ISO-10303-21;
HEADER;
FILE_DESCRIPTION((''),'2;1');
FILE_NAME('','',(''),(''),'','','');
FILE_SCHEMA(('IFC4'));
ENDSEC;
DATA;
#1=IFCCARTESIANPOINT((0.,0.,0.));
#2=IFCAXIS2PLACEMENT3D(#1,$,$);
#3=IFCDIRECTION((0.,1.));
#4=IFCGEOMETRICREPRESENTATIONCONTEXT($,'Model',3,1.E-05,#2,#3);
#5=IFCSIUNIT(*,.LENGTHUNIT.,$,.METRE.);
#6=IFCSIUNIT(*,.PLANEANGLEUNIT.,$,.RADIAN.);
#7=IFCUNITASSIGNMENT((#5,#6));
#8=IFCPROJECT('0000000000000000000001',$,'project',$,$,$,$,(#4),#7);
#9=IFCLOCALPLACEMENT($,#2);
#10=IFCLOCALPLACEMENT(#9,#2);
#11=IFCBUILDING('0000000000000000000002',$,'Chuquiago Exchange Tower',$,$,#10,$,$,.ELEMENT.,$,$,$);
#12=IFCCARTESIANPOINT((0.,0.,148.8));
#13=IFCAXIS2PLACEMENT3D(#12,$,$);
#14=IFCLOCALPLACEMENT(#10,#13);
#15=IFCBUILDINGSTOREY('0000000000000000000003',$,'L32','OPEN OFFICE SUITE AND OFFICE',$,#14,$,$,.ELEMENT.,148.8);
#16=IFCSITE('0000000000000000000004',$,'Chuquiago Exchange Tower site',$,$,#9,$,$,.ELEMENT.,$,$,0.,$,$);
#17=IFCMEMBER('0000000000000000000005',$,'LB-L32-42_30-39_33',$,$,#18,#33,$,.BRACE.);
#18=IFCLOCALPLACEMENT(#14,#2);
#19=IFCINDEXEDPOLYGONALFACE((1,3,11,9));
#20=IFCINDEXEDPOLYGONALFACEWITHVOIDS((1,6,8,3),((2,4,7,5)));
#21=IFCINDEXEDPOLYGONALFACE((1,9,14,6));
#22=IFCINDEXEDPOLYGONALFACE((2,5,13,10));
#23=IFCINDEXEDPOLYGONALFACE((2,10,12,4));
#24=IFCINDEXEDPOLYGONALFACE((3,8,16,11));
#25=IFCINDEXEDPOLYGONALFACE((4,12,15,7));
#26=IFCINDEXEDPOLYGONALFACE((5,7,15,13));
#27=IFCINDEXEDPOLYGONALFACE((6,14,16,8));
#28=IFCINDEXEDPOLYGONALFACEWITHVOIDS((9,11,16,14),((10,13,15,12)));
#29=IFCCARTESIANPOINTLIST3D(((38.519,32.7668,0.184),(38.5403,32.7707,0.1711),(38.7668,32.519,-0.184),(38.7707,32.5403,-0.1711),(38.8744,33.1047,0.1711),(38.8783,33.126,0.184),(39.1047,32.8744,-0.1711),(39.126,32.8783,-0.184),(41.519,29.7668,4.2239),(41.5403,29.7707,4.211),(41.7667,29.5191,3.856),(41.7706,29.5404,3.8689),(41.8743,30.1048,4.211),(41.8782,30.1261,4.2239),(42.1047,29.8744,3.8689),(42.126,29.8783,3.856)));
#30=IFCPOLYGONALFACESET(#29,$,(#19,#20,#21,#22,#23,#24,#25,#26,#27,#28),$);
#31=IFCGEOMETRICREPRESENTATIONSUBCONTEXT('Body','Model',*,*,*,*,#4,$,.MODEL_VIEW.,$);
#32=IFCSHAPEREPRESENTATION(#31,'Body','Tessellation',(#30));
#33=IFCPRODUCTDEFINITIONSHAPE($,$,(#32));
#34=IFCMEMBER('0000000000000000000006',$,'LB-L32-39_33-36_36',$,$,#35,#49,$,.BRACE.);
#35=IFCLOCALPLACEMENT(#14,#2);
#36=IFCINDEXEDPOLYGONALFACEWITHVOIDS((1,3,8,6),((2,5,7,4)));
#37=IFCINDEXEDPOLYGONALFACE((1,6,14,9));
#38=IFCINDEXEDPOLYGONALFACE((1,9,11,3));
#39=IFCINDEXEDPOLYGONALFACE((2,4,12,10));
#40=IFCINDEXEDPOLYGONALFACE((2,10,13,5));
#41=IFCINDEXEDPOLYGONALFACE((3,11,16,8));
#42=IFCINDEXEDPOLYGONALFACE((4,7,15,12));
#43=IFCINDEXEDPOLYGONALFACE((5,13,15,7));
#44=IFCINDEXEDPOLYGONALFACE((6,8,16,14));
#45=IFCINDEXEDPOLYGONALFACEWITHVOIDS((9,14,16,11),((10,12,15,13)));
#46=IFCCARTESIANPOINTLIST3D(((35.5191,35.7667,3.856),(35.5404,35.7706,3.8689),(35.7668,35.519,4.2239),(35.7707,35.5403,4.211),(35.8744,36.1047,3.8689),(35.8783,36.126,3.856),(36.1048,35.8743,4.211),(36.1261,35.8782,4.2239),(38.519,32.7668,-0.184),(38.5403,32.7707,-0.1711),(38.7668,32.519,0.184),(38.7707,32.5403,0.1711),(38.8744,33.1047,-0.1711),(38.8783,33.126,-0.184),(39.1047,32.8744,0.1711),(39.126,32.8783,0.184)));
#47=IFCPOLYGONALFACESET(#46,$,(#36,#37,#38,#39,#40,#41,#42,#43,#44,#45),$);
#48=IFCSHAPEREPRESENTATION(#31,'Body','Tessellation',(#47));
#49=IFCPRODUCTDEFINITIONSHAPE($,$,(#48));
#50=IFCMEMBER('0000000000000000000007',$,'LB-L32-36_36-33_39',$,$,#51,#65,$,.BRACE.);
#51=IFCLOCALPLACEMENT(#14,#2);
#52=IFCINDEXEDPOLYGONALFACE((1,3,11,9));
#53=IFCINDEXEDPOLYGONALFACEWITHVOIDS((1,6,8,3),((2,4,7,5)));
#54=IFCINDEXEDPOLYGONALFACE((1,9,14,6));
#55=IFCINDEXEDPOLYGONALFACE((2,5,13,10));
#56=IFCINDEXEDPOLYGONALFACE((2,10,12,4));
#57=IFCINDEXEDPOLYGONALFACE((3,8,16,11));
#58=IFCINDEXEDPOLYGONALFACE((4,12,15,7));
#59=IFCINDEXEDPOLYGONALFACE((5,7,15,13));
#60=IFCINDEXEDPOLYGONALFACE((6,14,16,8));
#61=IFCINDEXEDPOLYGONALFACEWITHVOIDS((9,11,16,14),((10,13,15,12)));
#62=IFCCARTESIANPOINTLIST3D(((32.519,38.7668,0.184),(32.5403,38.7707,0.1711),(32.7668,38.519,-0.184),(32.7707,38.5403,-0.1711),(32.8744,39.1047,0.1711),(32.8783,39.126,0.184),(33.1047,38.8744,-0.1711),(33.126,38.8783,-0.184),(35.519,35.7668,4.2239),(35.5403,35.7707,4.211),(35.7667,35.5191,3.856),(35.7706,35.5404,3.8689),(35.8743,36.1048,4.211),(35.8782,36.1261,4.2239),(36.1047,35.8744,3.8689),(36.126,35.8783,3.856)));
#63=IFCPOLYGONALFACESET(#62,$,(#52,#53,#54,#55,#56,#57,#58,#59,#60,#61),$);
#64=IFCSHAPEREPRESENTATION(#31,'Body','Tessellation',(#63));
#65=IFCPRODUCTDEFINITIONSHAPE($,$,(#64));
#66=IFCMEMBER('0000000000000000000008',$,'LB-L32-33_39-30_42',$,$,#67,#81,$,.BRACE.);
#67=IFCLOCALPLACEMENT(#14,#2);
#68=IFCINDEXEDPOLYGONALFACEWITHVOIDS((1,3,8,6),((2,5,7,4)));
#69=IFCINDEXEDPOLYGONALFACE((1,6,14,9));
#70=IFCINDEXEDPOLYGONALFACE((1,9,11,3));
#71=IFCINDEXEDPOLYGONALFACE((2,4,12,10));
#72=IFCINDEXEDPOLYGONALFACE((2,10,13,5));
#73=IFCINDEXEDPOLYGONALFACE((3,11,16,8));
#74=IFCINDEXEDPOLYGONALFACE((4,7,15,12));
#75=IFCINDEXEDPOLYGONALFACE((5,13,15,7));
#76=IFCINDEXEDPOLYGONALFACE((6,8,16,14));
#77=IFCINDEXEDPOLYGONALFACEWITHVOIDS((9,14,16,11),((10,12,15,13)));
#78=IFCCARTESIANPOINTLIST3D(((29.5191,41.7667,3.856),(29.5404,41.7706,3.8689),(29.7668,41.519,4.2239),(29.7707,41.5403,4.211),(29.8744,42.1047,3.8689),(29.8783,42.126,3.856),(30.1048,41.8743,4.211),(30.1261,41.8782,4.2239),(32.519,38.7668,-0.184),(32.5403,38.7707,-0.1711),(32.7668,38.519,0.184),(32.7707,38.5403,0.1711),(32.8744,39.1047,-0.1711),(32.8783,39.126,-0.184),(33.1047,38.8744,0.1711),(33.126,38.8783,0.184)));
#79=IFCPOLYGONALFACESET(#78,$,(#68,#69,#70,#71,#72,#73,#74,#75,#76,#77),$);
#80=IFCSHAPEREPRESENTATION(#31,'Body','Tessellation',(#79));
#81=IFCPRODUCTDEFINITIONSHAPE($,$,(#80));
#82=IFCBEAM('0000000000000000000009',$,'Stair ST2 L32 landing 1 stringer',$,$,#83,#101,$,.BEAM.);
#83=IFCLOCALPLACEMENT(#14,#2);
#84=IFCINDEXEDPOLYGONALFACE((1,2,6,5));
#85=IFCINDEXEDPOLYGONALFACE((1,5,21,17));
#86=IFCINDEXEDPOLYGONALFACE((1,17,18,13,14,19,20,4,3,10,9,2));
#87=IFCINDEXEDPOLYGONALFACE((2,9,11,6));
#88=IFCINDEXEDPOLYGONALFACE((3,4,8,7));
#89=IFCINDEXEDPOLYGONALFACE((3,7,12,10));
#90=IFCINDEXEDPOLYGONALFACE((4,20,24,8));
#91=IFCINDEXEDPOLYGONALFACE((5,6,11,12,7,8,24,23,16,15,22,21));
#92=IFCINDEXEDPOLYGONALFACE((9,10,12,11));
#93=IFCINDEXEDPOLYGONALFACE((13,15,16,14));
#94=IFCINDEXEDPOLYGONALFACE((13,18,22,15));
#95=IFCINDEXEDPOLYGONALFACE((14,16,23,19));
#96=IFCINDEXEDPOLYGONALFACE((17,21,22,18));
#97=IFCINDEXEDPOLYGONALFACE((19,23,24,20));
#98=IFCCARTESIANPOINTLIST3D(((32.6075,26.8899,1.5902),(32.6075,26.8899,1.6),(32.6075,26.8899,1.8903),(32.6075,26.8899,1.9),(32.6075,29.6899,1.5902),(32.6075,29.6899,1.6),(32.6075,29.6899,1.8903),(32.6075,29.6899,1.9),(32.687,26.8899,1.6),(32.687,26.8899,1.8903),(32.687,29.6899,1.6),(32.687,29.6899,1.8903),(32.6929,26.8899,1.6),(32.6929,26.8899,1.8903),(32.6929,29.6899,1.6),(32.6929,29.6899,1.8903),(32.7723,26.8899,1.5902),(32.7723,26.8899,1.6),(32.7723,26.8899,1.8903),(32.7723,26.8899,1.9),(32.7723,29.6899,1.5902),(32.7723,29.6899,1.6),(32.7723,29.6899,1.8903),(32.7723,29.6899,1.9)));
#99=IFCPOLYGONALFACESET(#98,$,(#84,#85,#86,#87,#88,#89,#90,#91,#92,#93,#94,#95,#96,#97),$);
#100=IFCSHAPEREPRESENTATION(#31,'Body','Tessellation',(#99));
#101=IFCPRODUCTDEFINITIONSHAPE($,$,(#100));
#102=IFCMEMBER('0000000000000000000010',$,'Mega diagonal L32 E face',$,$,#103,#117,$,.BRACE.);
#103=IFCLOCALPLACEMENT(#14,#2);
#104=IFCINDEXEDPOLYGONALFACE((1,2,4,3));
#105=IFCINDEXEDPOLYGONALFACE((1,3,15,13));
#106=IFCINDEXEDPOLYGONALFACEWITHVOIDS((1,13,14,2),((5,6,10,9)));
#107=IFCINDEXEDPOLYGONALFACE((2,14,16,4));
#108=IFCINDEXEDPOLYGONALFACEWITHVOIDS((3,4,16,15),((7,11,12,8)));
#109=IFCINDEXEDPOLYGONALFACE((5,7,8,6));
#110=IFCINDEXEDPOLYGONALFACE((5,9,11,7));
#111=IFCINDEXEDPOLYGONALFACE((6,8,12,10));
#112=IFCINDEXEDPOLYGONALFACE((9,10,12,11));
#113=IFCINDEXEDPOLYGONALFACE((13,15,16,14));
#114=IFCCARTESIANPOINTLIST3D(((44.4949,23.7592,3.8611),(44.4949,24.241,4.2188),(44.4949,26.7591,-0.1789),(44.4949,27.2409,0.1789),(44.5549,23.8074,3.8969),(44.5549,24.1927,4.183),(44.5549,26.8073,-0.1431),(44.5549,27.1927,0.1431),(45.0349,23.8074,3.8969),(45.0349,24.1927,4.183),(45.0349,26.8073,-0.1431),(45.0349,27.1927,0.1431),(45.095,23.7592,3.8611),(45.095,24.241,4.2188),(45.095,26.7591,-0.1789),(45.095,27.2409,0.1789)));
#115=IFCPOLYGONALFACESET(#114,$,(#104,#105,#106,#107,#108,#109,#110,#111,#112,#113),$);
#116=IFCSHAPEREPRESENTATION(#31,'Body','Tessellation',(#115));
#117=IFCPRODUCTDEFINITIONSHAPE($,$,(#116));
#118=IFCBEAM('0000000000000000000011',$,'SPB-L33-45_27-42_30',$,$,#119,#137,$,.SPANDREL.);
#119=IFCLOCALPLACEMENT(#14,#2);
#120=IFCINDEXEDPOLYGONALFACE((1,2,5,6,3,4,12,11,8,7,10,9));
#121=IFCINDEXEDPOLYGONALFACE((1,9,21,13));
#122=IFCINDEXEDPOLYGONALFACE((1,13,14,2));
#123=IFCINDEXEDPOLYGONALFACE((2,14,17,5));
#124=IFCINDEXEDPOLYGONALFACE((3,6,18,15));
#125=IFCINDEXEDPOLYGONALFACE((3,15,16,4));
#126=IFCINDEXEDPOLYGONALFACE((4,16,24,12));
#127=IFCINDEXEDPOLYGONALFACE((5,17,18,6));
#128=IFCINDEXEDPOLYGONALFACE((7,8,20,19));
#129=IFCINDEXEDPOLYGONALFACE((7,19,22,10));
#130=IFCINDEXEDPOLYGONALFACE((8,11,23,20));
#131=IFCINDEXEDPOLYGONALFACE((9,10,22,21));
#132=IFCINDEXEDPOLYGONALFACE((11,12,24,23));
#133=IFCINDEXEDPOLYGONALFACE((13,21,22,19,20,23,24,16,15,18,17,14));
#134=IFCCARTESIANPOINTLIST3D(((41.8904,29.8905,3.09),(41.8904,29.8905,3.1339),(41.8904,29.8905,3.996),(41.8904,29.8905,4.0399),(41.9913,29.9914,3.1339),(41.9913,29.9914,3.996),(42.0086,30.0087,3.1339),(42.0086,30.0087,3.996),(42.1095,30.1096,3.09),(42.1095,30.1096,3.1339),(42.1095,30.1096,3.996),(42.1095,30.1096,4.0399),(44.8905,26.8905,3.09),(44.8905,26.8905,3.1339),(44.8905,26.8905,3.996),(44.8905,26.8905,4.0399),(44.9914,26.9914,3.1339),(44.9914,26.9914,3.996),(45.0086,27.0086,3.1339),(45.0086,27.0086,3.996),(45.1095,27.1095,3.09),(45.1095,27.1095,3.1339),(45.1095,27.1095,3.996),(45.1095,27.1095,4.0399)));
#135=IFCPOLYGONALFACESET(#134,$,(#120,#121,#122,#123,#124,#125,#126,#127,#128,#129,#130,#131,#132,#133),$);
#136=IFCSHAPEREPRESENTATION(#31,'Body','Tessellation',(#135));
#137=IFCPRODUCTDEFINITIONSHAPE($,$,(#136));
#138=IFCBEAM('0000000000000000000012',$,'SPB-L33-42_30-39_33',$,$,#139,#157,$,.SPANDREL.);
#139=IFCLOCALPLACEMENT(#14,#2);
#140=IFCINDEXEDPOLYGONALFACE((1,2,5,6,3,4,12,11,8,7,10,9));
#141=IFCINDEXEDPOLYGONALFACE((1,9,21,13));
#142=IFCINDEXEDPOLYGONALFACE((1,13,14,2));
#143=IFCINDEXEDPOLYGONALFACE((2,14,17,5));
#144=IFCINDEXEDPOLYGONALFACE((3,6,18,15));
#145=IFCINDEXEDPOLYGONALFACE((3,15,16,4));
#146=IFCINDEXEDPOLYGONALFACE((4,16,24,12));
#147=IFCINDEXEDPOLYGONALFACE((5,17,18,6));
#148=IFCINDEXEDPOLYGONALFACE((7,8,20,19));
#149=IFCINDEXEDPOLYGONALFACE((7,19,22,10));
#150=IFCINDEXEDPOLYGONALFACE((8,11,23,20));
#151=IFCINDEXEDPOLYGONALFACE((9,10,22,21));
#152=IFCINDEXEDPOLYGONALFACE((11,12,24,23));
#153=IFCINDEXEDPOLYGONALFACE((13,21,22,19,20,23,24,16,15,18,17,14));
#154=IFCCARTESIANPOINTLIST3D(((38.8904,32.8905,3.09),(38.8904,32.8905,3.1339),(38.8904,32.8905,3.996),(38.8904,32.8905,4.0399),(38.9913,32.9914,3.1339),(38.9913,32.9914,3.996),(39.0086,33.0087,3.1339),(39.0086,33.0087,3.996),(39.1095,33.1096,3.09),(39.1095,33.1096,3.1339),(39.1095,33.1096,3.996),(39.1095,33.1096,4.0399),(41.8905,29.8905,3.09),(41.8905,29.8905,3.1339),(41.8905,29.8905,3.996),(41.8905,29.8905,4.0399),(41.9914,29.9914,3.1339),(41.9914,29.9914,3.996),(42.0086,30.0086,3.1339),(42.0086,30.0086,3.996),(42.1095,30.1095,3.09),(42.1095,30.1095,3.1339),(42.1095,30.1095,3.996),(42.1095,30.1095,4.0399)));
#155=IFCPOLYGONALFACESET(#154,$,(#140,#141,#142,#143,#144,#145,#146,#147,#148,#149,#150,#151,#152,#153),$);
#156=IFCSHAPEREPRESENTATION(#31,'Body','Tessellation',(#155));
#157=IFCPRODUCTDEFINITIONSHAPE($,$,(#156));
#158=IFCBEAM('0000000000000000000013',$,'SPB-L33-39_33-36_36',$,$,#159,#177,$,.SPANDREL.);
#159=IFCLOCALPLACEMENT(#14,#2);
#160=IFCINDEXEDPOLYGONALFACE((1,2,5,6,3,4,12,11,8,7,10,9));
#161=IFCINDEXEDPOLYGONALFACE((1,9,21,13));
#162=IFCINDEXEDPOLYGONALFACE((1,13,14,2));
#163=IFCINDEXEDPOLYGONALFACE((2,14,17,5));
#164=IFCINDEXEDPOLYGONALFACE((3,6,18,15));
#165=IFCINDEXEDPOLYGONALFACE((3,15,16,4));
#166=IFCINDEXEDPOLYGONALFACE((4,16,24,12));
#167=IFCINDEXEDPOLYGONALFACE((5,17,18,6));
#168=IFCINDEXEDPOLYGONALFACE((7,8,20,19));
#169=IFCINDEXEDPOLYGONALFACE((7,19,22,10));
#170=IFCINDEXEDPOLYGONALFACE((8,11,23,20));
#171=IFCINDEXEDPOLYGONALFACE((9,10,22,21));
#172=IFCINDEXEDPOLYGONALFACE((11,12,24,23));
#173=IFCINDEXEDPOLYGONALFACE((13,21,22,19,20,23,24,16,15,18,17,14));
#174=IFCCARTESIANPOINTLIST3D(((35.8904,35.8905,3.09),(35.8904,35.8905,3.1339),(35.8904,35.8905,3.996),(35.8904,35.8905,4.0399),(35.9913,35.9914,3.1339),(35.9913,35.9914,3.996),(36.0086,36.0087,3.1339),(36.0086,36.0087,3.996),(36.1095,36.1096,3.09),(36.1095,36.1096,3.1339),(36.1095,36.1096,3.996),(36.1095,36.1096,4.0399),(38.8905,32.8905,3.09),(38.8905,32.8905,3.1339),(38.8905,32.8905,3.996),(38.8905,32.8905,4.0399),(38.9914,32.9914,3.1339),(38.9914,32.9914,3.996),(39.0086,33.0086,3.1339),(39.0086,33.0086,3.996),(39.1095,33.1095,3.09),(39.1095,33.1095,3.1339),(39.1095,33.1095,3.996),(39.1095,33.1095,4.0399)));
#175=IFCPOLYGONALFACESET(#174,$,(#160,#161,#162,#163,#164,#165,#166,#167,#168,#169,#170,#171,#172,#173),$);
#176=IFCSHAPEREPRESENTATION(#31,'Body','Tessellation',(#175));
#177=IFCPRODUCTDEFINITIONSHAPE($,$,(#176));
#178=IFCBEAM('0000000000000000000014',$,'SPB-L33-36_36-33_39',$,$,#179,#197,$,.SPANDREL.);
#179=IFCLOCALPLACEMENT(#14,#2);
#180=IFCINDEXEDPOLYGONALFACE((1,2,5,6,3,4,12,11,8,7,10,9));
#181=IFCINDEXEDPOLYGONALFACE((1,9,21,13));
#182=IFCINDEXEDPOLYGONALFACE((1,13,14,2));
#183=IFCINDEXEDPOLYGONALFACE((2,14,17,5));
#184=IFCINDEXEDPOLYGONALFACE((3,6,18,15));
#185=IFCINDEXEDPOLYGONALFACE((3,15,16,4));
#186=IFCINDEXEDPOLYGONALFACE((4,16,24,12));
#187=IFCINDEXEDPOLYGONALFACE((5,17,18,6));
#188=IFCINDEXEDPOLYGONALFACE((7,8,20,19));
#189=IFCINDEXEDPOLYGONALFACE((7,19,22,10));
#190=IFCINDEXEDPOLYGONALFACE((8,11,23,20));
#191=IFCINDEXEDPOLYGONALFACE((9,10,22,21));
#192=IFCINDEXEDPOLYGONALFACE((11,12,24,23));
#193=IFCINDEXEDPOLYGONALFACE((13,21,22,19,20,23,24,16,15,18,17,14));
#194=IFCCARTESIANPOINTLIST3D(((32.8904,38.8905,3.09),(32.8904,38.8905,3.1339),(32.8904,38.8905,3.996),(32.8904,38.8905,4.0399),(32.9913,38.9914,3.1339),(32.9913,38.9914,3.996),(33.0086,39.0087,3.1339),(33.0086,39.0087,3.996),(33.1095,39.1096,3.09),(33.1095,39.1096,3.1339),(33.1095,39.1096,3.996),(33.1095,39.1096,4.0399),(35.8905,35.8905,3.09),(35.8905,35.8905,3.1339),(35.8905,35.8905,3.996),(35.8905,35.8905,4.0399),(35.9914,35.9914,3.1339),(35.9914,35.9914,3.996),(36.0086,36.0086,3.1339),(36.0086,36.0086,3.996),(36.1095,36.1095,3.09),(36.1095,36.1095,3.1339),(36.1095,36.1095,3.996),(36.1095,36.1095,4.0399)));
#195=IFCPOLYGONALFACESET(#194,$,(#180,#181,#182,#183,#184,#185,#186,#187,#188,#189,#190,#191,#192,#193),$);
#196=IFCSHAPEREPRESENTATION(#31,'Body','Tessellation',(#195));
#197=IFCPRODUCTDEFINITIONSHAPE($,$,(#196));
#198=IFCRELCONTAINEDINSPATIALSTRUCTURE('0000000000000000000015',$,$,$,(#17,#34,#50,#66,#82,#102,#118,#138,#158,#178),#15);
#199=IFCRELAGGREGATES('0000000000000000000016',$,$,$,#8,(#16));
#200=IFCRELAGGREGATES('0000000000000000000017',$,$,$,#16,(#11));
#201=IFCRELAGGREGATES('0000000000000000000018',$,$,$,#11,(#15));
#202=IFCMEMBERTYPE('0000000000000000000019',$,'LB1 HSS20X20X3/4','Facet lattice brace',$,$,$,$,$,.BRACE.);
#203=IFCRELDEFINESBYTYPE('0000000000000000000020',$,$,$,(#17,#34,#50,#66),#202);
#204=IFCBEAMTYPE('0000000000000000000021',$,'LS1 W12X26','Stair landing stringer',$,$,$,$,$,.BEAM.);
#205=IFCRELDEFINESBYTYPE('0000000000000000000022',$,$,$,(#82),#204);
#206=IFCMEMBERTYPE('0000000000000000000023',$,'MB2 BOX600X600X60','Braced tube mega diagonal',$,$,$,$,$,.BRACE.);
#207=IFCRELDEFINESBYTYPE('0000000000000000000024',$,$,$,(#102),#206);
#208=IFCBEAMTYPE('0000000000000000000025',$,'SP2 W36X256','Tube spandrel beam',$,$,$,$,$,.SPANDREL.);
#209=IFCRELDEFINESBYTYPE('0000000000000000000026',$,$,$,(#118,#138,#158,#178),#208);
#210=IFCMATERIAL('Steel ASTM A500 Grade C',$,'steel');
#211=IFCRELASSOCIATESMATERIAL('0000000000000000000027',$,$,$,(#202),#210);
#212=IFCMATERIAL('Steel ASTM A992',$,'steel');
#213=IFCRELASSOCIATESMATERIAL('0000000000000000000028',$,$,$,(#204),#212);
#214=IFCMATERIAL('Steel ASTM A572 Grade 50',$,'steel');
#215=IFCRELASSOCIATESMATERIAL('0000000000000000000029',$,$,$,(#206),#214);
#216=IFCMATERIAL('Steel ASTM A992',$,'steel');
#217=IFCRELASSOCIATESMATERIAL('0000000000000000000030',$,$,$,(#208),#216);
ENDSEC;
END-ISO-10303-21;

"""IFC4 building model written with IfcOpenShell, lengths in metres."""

from ifc_helpers import new_model, si_unit, direction, frame, origin, origin_2d, place, context, subcontext, project, spatial, hollow_rectangle, i_section, extrude, material, material_profile, profile_set, type_object, element, save


model = new_model("IFC4")

# Units and contexts
model_context = context("Model", 3, precision=1e-05, world=origin(), true_north=direction((0.0, 1.0)))
body_context = subcontext(model_context, "Body", "Model", "MODEL_VIEW")
ifc_project = project(units=[si_unit("LENGTHUNIT", "METRE"), si_unit("PLANEANGLEUNIT", "RADIAN")], contexts=[model_context])

# Site, building, storey
site_placement = place(None, origin())
site = spatial("IfcSite", under=ifc_project, at=site_placement, Name="Chuquiago Exchange Tower site", CompositionType="ELEMENT", RefElevation=0.0)
building_placement = place(site_placement, origin())
building = spatial("IfcBuilding", under=site, at=building_placement, Name="Chuquiago Exchange Tower", CompositionType="ELEMENT")
storey_placement = place(building_placement, frame((0.0, 0.0, 148.8)))
storey = spatial("IfcBuildingStorey", under=building, at=storey_placement, Name="L32", Description="OPEN OFFICE SUITE AND OFFICE", CompositionType="ELEMENT", Elevation=148.8)

# Members
ifc_material_1 = material(Name="Steel ASTM A500 Grade C", Category="steel")
ifc_material_profile_1 = material_profile(ifc_material_1, hollow_rectangle(XDim=0.5081, YDim=0.5081, WallThickness=0.0178, at=origin_2d()), Name="HSS20X20X3/4")
ifc_profile_set_1 = profile_set([ifc_material_profile_1], Name="Steel ASTM A500 Grade C")
member_type_1 = type_object("IfcMemberType", Name="LB1 HSS20X20X3/4", Description="Facet lattice brace", PredefinedType="BRACE", material=ifc_profile_set_1)
for number, where, z_axis, x_axis, name in (
    (1, (38.8225, 32.8225, 0.0), (0.512077, -0.512077, 0.689604), (0.707107, 0.707107, 0.0), "LB-L32-42_30-39_33"),
    (2, (38.8225, 32.8225, 0.0), (-0.512077, 0.512077, 0.689604), (-0.707107, -0.707107, 0.0), "LB-L32-39_33-36_36"),
    (3, (32.8225, 38.8225, 0.0), (0.512077, -0.512077, 0.689604), (0.707107, 0.707107, 0.0), "LB-L32-36_36-33_39"),
    (4, (32.8225, 38.8225, 0.0), (-0.512077, 0.512077, 0.689604), (-0.707107, -0.707107, 0.0), "LB-L32-33_39-30_42"),
):
    element("IfcMember", number, at=place(storey_placement, frame(where, z_axis=z_axis, x_axis=x_axis)), inside=storey, type_object=member_type_1, Name=name, PredefinedType="BRACE", context=body_context, shape_type="SweptSolid", body=[
        extrude(hollow_rectangle(XDim=0.5081, YDim=0.5081, WallThickness=0.0178, at=origin_2d()), origin(), (0.0, 0.0, 1.0), 5.8584),
    ])

# Beam
ifc_material_2 = material(Name="Steel ASTM A992", Category="steel")
ifc_material_profile_2 = material_profile(ifc_material_2, i_section(OverallWidth=0.1648, OverallDepth=0.3098, WebThickness=0.0059, FlangeThickness=0.0098, at=origin_2d()), Name="W12X26")
ifc_profile_set_2 = profile_set([ifc_material_profile_2], Name="Steel ASTM A992")
beam_type_1 = type_object("IfcBeamType", Name="LS1 W12X26", Description="Stair landing stringer", PredefinedType="BEAM", material=ifc_profile_set_2)
beam_1_placement = place(storey_placement, frame((32.6899, 26.8899, 1.7451), z_axis=(0.0, 1.0, 0.0), x_axis=(-1.0, 0.0, 0.0)))
element("IfcBeam", 5, at=beam_1_placement, inside=storey, type_object=beam_type_1, Name="Stair ST2 L32 landing 1 stringer", PredefinedType="BEAM", context=body_context, shape_type="SweptSolid", body=[
    extrude(i_section(OverallWidth=0.1648, OverallDepth=0.3098, WebThickness=0.0059, FlangeThickness=0.0098, at=origin_2d()), origin(), (0.0, 0.0, 1.0), 2.8),
])

# Member
ifc_material_3 = material(Name="Steel ASTM A572 Grade 50", Category="steel")
ifc_material_profile_3 = material_profile(ifc_material_3, hollow_rectangle(XDim=0.6001, YDim=0.6001, WallThickness=0.0601, at=origin_2d()), Name="BOX600X600X60")
ifc_profile_set_3 = profile_set([ifc_material_profile_3], Name="Steel ASTM A572 Grade 50")
member_type_2 = type_object("IfcMemberType", Name="MB2 BOX600X600X60", Description="Braced tube mega diagonal", PredefinedType="BRACE", material=ifc_profile_set_3)
member_1_placement = place(storey_placement, frame((44.7949, 27.0, 0.0), z_axis=(0.0, -0.596174, 0.802855), x_axis=(1.0, 0.0, 0.0)))
element("IfcMember", 6, at=member_1_placement, inside=storey, type_object=member_type_2, Name="Mega diagonal L32 E face", PredefinedType="BRACE", context=body_context, shape_type="SweptSolid", body=[
    extrude(hollow_rectangle(XDim=0.6001, YDim=0.6001, WallThickness=0.0601, at=origin_2d()), origin(), (0.0, 0.0, 1.0), 5.032),
])

# Beams
ifc_material_4 = material(Name="Steel ASTM A992", Category="steel")
ifc_material_profile_4 = material_profile(ifc_material_4, i_section(OverallWidth=0.3098, OverallDepth=0.95, WebThickness=0.0244, FlangeThickness=0.0439, at=origin_2d()), Name="W36X256")
ifc_profile_set_4 = profile_set([ifc_material_profile_4], Name="Steel ASTM A992")
beam_type_2 = type_object("IfcBeamType", Name="SP2 W36X256", Description="Tube spandrel beam", PredefinedType="SPANDREL", material=ifc_profile_set_4)
for number, where, z_axis, x_axis, name in (
    (7, (45.0, 27.0, 3.5649), (-0.707107, 0.707107, 0.0), (-0.707107, -0.707107, 0.0), "SPB-L33-45_27-42_30"),
    (8, (42.0, 30.0, 3.5649), (-0.707107, 0.707107, 0.0), (-0.707107, -0.707107, 0.0), "SPB-L33-42_30-39_33"),
    (9, (39.0, 33.0, 3.5649), (-0.707107, 0.707107, 0.0), (-0.707107, -0.707107, 0.0), "SPB-L33-39_33-36_36"),
    (10, (36.0, 36.0, 3.5649), (-0.707107, 0.707107, 0.0), (-0.707107, -0.707107, 0.0), "SPB-L33-36_36-33_39"),
):
    element("IfcBeam", number, at=place(storey_placement, frame(where, z_axis=z_axis, x_axis=x_axis)), inside=storey, type_object=beam_type_2, Name=name, PredefinedType="SPANDREL", context=body_context, shape_type="SweptSolid", body=[
        extrude(i_section(OverallWidth=0.3098, OverallDepth=0.95, WebThickness=0.0244, FlangeThickness=0.0439, at=origin_2d()), origin(), (0.0, 0.0, 1.0), 4.2427),
    ])

save(model, "model.ifc")
